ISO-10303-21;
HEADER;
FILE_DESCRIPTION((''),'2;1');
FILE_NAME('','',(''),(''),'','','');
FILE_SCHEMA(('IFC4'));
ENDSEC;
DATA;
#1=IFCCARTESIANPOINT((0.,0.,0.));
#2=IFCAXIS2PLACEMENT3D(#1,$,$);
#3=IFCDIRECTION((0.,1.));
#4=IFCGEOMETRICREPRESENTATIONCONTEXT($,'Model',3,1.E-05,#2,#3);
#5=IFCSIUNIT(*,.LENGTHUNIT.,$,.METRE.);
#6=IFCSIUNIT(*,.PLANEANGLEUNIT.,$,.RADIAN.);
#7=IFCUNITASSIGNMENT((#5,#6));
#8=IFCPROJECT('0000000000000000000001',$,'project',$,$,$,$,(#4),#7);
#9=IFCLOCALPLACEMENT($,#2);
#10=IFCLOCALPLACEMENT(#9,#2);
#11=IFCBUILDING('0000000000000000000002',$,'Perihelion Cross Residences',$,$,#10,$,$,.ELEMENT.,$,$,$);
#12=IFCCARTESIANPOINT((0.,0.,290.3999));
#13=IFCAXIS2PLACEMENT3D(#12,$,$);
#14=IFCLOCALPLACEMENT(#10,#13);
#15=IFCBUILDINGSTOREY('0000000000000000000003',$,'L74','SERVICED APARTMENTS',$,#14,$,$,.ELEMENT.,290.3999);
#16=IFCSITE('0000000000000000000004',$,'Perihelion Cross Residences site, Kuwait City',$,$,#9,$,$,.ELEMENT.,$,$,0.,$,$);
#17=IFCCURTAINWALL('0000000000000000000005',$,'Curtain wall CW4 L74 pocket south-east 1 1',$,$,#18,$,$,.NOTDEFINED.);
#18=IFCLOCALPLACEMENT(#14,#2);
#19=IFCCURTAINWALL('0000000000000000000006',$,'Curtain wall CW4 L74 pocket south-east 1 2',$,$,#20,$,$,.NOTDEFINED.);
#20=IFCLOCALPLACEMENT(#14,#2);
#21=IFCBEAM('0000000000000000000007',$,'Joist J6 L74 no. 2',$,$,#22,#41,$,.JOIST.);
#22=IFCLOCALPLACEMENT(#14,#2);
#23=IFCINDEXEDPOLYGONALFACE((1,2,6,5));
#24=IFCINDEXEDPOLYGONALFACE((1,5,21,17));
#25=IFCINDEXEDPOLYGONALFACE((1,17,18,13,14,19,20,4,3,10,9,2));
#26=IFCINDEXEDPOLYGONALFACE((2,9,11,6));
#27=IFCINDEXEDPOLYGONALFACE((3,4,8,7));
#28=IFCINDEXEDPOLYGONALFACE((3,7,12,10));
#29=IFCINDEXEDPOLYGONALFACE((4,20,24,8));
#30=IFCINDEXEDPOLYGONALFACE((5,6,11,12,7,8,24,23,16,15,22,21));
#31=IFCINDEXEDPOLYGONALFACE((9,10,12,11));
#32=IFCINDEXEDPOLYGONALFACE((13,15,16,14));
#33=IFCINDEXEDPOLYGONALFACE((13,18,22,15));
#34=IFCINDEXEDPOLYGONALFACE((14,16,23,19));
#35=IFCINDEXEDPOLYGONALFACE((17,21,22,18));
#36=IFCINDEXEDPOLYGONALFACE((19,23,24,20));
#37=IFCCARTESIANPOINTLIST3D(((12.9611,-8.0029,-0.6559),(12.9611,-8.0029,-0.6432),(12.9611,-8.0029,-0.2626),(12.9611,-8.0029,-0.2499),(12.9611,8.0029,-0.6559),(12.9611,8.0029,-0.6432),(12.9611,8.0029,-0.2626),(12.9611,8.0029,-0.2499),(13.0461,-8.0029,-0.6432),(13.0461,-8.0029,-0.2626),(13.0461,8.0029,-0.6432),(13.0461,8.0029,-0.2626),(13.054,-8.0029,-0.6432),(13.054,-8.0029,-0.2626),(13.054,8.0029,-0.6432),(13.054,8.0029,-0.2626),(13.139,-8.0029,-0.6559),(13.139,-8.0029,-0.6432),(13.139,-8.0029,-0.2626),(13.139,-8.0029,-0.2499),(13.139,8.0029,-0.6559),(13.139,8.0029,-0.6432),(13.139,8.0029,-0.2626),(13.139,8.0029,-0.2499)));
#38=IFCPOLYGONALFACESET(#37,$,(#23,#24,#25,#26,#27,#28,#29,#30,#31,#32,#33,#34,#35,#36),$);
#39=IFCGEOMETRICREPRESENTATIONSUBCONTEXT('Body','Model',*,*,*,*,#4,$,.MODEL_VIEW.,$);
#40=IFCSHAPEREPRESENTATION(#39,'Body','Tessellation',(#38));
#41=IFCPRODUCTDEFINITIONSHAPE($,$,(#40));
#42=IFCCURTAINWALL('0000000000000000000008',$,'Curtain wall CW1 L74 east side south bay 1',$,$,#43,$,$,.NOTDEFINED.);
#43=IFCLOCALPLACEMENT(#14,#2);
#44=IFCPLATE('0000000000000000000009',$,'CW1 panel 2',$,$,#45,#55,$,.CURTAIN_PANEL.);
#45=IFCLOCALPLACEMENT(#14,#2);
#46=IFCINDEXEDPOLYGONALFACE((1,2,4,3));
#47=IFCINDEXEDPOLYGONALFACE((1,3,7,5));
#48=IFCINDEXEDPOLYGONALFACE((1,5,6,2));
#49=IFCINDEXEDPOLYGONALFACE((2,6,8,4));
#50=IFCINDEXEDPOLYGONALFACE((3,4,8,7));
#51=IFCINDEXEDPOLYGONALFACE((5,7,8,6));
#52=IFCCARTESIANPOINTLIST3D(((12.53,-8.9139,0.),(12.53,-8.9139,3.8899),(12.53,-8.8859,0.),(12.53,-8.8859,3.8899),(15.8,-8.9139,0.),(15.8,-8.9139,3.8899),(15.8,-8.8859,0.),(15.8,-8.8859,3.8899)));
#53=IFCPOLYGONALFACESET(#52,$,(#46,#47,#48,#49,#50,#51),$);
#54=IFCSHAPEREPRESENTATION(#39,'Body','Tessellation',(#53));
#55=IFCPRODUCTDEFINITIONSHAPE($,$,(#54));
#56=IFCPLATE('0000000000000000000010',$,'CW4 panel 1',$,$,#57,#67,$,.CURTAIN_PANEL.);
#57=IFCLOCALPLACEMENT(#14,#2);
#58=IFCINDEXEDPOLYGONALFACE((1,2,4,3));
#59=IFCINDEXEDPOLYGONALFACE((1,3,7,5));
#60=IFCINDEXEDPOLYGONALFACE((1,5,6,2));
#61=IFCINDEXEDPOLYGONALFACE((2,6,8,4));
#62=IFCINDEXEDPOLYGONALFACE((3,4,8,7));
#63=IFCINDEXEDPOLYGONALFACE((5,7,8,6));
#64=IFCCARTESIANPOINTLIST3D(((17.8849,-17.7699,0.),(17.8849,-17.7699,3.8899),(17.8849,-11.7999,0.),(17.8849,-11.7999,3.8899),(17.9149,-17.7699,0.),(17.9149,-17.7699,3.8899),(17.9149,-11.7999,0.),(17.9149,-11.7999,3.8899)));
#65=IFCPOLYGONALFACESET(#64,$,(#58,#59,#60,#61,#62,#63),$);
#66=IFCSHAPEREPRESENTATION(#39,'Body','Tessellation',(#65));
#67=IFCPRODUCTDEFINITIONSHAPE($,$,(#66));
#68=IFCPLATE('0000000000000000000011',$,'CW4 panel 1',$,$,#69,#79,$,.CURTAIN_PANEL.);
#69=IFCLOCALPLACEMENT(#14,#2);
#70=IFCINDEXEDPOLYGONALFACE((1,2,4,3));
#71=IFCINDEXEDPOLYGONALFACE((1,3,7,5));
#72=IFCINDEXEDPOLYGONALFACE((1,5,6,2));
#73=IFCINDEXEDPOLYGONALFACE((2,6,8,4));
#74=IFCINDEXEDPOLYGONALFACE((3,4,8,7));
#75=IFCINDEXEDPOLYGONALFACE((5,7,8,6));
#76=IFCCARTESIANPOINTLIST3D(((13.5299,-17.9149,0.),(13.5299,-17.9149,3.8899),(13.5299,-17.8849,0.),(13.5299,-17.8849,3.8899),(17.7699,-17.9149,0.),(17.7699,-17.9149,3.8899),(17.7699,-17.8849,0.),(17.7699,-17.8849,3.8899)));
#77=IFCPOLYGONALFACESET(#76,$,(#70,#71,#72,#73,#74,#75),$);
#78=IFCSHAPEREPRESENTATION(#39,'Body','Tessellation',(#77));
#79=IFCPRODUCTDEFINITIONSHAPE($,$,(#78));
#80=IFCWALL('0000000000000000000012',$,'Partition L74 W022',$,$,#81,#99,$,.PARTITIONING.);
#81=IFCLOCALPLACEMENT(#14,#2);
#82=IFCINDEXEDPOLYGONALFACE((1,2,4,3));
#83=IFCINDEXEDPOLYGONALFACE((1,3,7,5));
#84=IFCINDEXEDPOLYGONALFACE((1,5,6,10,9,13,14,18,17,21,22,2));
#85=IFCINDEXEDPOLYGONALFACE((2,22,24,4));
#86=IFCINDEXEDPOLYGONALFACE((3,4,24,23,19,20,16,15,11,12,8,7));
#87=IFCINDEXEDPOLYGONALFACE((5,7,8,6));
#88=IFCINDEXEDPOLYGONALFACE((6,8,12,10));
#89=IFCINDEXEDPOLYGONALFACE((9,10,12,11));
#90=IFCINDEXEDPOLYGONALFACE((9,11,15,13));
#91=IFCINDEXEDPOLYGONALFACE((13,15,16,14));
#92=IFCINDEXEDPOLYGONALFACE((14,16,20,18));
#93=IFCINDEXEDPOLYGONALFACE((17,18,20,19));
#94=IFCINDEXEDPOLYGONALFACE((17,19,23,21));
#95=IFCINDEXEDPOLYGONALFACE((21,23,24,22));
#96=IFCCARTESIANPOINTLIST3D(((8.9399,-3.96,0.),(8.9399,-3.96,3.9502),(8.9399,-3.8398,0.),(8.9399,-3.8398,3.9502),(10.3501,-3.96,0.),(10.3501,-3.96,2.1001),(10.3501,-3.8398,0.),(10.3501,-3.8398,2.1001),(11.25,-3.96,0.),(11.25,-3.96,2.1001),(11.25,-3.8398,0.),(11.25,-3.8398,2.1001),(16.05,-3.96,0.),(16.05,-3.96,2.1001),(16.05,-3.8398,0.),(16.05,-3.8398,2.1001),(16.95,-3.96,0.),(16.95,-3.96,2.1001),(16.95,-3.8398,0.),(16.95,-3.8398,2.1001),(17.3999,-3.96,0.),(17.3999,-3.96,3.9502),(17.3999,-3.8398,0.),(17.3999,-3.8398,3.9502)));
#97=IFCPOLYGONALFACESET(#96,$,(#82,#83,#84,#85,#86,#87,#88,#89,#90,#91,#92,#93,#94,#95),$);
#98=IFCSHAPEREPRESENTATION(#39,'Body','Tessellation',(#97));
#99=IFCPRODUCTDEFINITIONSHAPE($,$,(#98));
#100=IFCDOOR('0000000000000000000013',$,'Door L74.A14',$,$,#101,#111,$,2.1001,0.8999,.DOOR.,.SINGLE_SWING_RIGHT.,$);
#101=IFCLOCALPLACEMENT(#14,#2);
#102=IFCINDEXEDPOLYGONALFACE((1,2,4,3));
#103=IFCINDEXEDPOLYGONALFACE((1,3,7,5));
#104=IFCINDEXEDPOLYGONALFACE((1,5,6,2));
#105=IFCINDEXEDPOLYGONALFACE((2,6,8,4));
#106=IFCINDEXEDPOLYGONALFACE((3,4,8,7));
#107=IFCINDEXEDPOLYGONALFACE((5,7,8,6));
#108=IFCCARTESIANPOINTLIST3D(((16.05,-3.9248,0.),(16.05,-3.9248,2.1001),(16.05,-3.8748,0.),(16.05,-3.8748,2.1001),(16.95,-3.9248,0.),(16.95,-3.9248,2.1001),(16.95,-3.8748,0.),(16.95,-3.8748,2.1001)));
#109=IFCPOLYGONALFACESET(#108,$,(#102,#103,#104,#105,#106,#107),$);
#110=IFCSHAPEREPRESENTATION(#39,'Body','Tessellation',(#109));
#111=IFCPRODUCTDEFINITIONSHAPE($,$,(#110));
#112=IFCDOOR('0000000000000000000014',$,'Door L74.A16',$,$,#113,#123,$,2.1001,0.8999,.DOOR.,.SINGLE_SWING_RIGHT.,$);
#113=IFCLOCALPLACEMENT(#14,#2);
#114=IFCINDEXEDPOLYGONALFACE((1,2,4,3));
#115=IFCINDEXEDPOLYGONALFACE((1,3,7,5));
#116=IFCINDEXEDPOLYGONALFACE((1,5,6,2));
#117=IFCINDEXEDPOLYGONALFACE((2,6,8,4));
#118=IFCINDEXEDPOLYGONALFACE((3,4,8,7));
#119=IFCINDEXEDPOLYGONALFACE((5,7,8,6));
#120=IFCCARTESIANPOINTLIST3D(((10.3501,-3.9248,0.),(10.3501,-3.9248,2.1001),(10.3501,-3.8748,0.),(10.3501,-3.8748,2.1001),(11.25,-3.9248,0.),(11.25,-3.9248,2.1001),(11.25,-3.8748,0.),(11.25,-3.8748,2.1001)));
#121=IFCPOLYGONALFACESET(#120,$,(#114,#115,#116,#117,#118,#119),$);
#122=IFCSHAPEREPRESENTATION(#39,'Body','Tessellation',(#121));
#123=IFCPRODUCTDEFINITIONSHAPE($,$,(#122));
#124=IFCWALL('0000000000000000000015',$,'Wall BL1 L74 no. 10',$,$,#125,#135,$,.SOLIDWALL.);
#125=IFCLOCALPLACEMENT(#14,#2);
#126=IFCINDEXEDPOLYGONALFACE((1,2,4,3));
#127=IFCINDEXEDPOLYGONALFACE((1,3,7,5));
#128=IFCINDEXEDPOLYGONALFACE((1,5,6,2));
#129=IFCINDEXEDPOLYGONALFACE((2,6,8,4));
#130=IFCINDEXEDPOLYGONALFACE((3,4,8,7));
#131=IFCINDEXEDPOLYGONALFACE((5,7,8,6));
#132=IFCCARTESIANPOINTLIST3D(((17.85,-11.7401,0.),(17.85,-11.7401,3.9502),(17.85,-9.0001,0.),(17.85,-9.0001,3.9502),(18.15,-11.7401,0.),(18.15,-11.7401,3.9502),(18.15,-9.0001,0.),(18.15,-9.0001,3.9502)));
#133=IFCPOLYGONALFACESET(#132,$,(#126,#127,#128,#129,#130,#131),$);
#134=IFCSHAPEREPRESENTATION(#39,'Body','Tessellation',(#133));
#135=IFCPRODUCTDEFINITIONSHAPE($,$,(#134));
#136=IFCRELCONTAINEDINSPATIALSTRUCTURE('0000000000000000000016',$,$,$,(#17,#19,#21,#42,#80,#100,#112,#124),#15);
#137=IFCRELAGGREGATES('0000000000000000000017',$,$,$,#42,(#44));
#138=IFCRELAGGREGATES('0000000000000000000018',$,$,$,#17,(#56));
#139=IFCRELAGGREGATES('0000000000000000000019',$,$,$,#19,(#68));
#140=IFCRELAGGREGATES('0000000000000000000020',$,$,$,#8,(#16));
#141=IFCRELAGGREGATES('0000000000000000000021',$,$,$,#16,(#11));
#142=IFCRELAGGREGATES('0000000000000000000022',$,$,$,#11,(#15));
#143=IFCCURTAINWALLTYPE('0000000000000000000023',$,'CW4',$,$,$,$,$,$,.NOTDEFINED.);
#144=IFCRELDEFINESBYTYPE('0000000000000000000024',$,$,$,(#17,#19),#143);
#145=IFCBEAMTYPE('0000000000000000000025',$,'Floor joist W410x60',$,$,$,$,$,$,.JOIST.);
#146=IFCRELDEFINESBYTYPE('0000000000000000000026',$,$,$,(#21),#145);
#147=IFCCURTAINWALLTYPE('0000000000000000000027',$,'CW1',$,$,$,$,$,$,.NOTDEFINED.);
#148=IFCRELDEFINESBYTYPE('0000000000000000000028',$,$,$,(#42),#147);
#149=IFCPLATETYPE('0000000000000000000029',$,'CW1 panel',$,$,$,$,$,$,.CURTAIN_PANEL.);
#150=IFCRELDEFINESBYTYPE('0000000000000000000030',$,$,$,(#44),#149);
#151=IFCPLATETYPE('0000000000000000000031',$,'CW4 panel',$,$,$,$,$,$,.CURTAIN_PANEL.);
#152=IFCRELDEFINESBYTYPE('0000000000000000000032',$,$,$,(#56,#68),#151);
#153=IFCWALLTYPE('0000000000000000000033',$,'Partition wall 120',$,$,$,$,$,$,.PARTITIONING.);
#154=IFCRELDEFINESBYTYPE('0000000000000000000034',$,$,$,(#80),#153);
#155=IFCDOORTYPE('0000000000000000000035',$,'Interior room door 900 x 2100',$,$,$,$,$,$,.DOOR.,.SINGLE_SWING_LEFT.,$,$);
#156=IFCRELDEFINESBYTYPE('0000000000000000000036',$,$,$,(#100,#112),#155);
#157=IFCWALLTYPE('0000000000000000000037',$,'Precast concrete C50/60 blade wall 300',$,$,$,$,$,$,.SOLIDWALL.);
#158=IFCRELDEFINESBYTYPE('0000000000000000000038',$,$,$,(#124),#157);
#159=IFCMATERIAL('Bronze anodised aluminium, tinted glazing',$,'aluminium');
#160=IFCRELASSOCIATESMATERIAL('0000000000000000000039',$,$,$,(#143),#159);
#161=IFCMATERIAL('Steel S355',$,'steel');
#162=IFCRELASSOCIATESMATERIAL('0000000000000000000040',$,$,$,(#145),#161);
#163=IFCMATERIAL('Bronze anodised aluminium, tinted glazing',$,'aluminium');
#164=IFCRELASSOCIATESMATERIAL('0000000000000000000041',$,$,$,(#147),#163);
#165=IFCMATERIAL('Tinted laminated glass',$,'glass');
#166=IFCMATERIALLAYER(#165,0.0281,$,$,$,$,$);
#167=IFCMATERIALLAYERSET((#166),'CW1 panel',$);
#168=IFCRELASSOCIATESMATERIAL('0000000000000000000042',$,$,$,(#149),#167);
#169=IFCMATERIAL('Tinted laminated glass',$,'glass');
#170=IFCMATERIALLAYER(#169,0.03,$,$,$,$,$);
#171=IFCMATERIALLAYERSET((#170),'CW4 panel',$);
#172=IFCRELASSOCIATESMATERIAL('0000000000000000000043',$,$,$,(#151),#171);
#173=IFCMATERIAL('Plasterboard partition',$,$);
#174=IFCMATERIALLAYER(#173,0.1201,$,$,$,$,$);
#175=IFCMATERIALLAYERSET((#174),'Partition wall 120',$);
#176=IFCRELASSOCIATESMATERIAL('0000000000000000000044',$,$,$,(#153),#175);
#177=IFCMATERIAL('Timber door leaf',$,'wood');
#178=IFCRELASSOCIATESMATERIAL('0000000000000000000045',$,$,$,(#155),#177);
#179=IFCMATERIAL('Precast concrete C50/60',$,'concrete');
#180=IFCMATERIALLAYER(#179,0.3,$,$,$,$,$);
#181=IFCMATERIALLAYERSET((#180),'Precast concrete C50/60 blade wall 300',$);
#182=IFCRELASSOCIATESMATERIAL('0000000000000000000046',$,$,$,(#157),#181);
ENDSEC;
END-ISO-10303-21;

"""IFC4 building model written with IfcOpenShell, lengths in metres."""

from ifc_helpers import new_model, si_unit, direction, frame, frame_2d, origin, origin_2d, place, context, subcontext, project, spatial, rectangle, i_section, extrude, material, layer, layer_set, material_profile, profile_set, type_object, element, fill, aggregate, save


model = new_model("IFC4")

# Units and contexts
model_context = context("Model", 3, precision=1e-05, world=origin(), true_north=direction((0.0, 1.0)))
body_context = subcontext(model_context, "Body", "Model", "MODEL_VIEW")
ifc_project = project(units=[si_unit("LENGTHUNIT", "METRE"), si_unit("PLANEANGLEUNIT", "RADIAN")], contexts=[model_context])

# Site, building, storey
site_placement = place(None, origin())
site = spatial("IfcSite", under=ifc_project, at=site_placement, Name="Perihelion Cross Residences site, Kuwait City", CompositionType="ELEMENT", RefElevation=0.0)
building_placement = place(site_placement, origin())
building = spatial("IfcBuilding", under=site, at=building_placement, Name="Perihelion Cross Residences", CompositionType="ELEMENT")
storey_placement = place(building_placement, frame((0.0, 0.0, 290.3999)))
storey = spatial("IfcBuildingStorey", under=building, at=storey_placement, Name="L74", Description="SERVICED APARTMENTS", CompositionType="ELEMENT", Elevation=290.3999)

# Curtain walls
ifc_material_1 = material(Name="Bronze anodised aluminium, tinted glazing", Category="aluminium")
curtain_wall_type_1 = type_object("IfcCurtainWallType", Name="CW4", PredefinedType="NOTDEFINED", material=ifc_material_1)
curtain_wall_1_placement = place(storey_placement, origin())
curtain_wall_1 = element("IfcCurtainWall", 1, at=curtain_wall_1_placement, inside=storey, type_object=curtain_wall_type_1, Name="Curtain wall CW4 L74 pocket south-east 1 1", PredefinedType="NOTDEFINED")
curtain_wall_2_placement = place(storey_placement, origin())
curtain_wall_2 = element("IfcCurtainWall", 2, at=curtain_wall_2_placement, inside=storey, type_object=curtain_wall_type_1, Name="Curtain wall CW4 L74 pocket south-east 1 2", PredefinedType="NOTDEFINED")

# Beam
ifc_material_2 = material(Name="Steel S355", Category="steel")
ifc_material_profile_1 = material_profile(ifc_material_2, i_section(OverallWidth=0.178, OverallDepth=0.406, WebThickness=0.0078, FlangeThickness=0.0127, at=origin_2d()), Name="W410x60")
ifc_profile_set_1 = profile_set([ifc_material_profile_1], Name="Steel S355")
beam_type_1 = type_object("IfcBeamType", Name="Floor joist W410x60", PredefinedType="JOIST", material=ifc_profile_set_1)
beam_1_placement = place(storey_placement, frame((13.05, -8.0029, -0.4529), z_axis=(0.0, 1.0, 0.0), x_axis=(-1.0, 0.0, 0.0)))
element("IfcBeam", 3, at=beam_1_placement, inside=storey, type_object=beam_type_1, Name="Joist J6 L74 no. 2", PredefinedType="JOIST", context=body_context, shape_type="SweptSolid", body=[
    extrude(i_section(OverallWidth=0.178, OverallDepth=0.406, WebThickness=0.0078, FlangeThickness=0.0127, at=origin_2d()), origin(), (0.0, 0.0, 1.0), 16.0059),
])

# Curtain wall, plate
ifc_material_3 = material(Name="Bronze anodised aluminium, tinted glazing", Category="aluminium")
curtain_wall_type_2 = type_object("IfcCurtainWallType", Name="CW1", PredefinedType="NOTDEFINED", material=ifc_material_3)
curtain_wall_3_placement = place(storey_placement, origin())
curtain_wall_3 = element("IfcCurtainWall", 4, at=curtain_wall_3_placement, inside=storey, type_object=curtain_wall_type_2, Name="Curtain wall CW1 L74 east side south bay 1", PredefinedType="NOTDEFINED")
ifc_material_4 = material(Name="Tinted laminated glass", Category="glass")
ifc_layer_1 = layer(ifc_material_4, 0.0281)
ifc_layer_set_1 = layer_set([ifc_layer_1], Name="CW1 panel")
plate_type_1 = type_object("IfcPlateType", Name="CW1 panel", PredefinedType="CURTAIN_PANEL", material=ifc_layer_set_1)
plate_1_placement = place(storey_placement, frame((14.165, -8.8999, 0.0), z_axis=(0.0, 0.0, 1.0), x_axis=(1.0, 0.0, 0.0)))
plate_1 = element("IfcPlate", 5, at=plate_1_placement, type_object=plate_type_1, Name="CW1 panel 2", PredefinedType="CURTAIN_PANEL", context=body_context, shape_type="SweptSolid", body=[
    extrude(rectangle(XDim=3.27, YDim=0.0281, at=origin_2d()), origin(), (0.0, 0.0, 1.0), 3.8899),
])
aggregate(curtain_wall_3, [plate_1])

# Plates
ifc_material_5 = material(Name="Tinted laminated glass", Category="glass")
ifc_layer_2 = layer(ifc_material_5, 0.03)
ifc_layer_set_2 = layer_set([ifc_layer_2], Name="CW4 panel")
plate_type_2 = type_object("IfcPlateType", Name="CW4 panel", PredefinedType="CURTAIN_PANEL", material=ifc_layer_set_2)
plate_2_placement = place(storey_placement, frame((17.8999, -14.7849, 0.0), z_axis=(0.0, 0.0, 1.0), x_axis=(0.0, -1.0, 0.0)))
plate_2 = element("IfcPlate", 6, at=plate_2_placement, type_object=plate_type_2, Name="CW4 panel 1", PredefinedType="CURTAIN_PANEL", context=body_context, shape_type="SweptSolid", body=[
    extrude(rectangle(XDim=5.97, YDim=0.03, at=origin_2d()), origin(), (0.0, 0.0, 1.0), 3.8899),
])
aggregate(curtain_wall_1, [plate_2])
plate_3_placement = place(storey_placement, frame((15.6499, -17.8999, 0.0), z_axis=(0.0, 0.0, 1.0), x_axis=(-1.0, 0.0, 0.0)))
plate_3 = element("IfcPlate", 7, at=plate_3_placement, type_object=plate_type_2, Name="CW4 panel 1", PredefinedType="CURTAIN_PANEL", context=body_context, shape_type="SweptSolid", body=[
    extrude(rectangle(XDim=4.24, YDim=0.03, at=origin_2d()), origin(), (0.0, 0.0, 1.0), 3.8899),
])
aggregate(curtain_wall_2, [plate_3])

# Wall, openings, doors
ifc_material_6 = material(Name="Plasterboard partition")
ifc_layer_3 = layer(ifc_material_6, 0.1201)
ifc_layer_set_3 = layer_set([ifc_layer_3], Name="Partition wall 120")
wall_type_1 = type_object("IfcWallType", Name="Partition wall 120", PredefinedType="PARTITIONING", material=ifc_layer_set_3)
wall_1_placement = place(storey_placement, frame((17.3999, -3.8999, 0.0), z_axis=(0.0, 0.0, 1.0), x_axis=(-1.0, 0.0, 0.0)))
wall_1 = element("IfcWall", 8, at=wall_1_placement, inside=storey, type_object=wall_type_1, Name="Partition L74 W022", PredefinedType="PARTITIONING", context=body_context, shape_type="SweptSolid", body=[
    extrude(rectangle(XDim=8.46, YDim=0.1201, at=frame_2d((4.23, 0.0))), origin(), (0.0, 0.0, 1.0), 3.9502),
])
opening_1_placement = place(wall_1_placement, frame((0.45, 0.0, 0.0)))
opening_1 = element("IfcOpeningElement", 9, at=opening_1_placement, cuts=wall_1, PredefinedType="OPENING", context=body_context, shape_type="SweptSolid", body=[
    extrude(rectangle(XDim=0.8999, YDim=2.1001, at=frame_2d((0.45, 1.05))), frame((0.0, 0.0701, 0.0), z_axis=(0.0, -1.0, 0.0), x_axis=(1.0, 0.0, 0.0)), (0.0, 0.0, 1.0), 0.1401),
])
opening_2_placement = place(wall_1_placement, frame((6.1499, 0.0, 0.0)))
opening_2 = element("IfcOpeningElement", 10, at=opening_2_placement, cuts=wall_1, PredefinedType="OPENING", context=body_context, shape_type="SweptSolid", body=[
    extrude(rectangle(XDim=0.8999, YDim=2.1001, at=frame_2d((0.45, 1.05))), frame((0.0, 0.0701, 0.0), z_axis=(0.0, -1.0, 0.0), x_axis=(1.0, 0.0, 0.0)), (0.0, 0.0, 1.0), 0.1401),
])
ifc_material_7 = material(Name="Timber door leaf", Category="wood")
door_type_1 = type_object("IfcDoorType", Name="Interior room door 900 x 2100", OperationType="SINGLE_SWING_LEFT", PredefinedType="DOOR", material=ifc_material_7)
door_1_placement = place(opening_1_placement, origin())
door_1 = element("IfcDoor", 11, at=door_1_placement, inside=storey, type_object=door_type_1, Name="Door L74.A14", OperationType="SINGLE_SWING_RIGHT", OverallHeight=2.1001, OverallWidth=0.8999, PredefinedType="DOOR", context=body_context, shape_type="SweptSolid", body=[
    extrude(rectangle(XDim=0.8999, YDim=2.1001, at=frame_2d((0.45, 1.05))), frame((0.0, 0.0249, 0.0), z_axis=(0.0, -1.0, 0.0), x_axis=(1.0, 0.0, 0.0)), (0.0, 0.0, 1.0), 0.05),
])
fill(opening_1, door_1)
door_2_placement = place(opening_2_placement, origin())
door_2 = element("IfcDoor", 12, at=door_2_placement, inside=storey, type_object=door_type_1, Name="Door L74.A16", OperationType="SINGLE_SWING_RIGHT", OverallHeight=2.1001, OverallWidth=0.8999, PredefinedType="DOOR", context=body_context, shape_type="SweptSolid", body=[
    extrude(rectangle(XDim=0.8999, YDim=2.1001, at=frame_2d((0.45, 1.05))), frame((0.0, 0.0249, 0.0), z_axis=(0.0, -1.0, 0.0), x_axis=(1.0, 0.0, 0.0)), (0.0, 0.0, 1.0), 0.05),
])
fill(opening_2, door_2)

# Wall
ifc_material_8 = material(Name="Precast concrete C50/60", Category="concrete")
ifc_layer_4 = layer(ifc_material_8, 0.3)
ifc_layer_set_4 = layer_set([ifc_layer_4], Name="Precast concrete C50/60 blade wall 300")
wall_type_2 = type_object("IfcWallType", Name="Precast concrete C50/60 blade wall 300", PredefinedType="SOLIDWALL", material=ifc_layer_set_4)
wall_2_placement = place(storey_placement, frame((18.0, -9.0, 0.0), z_axis=(0.0, 0.0, 1.0), x_axis=(0.0, -1.0, 0.0)))
element("IfcWall", 13, at=wall_2_placement, inside=storey, type_object=wall_type_2, Name="Wall BL1 L74 no. 10", PredefinedType="SOLIDWALL", context=body_context, shape_type="SweptSolid", body=[
    extrude(rectangle(XDim=2.74, YDim=0.3, at=frame_2d((1.3701, 0.0))), origin(), (0.0, 0.0, 1.0), 3.9502),
])

save(model, "model.ifc")
